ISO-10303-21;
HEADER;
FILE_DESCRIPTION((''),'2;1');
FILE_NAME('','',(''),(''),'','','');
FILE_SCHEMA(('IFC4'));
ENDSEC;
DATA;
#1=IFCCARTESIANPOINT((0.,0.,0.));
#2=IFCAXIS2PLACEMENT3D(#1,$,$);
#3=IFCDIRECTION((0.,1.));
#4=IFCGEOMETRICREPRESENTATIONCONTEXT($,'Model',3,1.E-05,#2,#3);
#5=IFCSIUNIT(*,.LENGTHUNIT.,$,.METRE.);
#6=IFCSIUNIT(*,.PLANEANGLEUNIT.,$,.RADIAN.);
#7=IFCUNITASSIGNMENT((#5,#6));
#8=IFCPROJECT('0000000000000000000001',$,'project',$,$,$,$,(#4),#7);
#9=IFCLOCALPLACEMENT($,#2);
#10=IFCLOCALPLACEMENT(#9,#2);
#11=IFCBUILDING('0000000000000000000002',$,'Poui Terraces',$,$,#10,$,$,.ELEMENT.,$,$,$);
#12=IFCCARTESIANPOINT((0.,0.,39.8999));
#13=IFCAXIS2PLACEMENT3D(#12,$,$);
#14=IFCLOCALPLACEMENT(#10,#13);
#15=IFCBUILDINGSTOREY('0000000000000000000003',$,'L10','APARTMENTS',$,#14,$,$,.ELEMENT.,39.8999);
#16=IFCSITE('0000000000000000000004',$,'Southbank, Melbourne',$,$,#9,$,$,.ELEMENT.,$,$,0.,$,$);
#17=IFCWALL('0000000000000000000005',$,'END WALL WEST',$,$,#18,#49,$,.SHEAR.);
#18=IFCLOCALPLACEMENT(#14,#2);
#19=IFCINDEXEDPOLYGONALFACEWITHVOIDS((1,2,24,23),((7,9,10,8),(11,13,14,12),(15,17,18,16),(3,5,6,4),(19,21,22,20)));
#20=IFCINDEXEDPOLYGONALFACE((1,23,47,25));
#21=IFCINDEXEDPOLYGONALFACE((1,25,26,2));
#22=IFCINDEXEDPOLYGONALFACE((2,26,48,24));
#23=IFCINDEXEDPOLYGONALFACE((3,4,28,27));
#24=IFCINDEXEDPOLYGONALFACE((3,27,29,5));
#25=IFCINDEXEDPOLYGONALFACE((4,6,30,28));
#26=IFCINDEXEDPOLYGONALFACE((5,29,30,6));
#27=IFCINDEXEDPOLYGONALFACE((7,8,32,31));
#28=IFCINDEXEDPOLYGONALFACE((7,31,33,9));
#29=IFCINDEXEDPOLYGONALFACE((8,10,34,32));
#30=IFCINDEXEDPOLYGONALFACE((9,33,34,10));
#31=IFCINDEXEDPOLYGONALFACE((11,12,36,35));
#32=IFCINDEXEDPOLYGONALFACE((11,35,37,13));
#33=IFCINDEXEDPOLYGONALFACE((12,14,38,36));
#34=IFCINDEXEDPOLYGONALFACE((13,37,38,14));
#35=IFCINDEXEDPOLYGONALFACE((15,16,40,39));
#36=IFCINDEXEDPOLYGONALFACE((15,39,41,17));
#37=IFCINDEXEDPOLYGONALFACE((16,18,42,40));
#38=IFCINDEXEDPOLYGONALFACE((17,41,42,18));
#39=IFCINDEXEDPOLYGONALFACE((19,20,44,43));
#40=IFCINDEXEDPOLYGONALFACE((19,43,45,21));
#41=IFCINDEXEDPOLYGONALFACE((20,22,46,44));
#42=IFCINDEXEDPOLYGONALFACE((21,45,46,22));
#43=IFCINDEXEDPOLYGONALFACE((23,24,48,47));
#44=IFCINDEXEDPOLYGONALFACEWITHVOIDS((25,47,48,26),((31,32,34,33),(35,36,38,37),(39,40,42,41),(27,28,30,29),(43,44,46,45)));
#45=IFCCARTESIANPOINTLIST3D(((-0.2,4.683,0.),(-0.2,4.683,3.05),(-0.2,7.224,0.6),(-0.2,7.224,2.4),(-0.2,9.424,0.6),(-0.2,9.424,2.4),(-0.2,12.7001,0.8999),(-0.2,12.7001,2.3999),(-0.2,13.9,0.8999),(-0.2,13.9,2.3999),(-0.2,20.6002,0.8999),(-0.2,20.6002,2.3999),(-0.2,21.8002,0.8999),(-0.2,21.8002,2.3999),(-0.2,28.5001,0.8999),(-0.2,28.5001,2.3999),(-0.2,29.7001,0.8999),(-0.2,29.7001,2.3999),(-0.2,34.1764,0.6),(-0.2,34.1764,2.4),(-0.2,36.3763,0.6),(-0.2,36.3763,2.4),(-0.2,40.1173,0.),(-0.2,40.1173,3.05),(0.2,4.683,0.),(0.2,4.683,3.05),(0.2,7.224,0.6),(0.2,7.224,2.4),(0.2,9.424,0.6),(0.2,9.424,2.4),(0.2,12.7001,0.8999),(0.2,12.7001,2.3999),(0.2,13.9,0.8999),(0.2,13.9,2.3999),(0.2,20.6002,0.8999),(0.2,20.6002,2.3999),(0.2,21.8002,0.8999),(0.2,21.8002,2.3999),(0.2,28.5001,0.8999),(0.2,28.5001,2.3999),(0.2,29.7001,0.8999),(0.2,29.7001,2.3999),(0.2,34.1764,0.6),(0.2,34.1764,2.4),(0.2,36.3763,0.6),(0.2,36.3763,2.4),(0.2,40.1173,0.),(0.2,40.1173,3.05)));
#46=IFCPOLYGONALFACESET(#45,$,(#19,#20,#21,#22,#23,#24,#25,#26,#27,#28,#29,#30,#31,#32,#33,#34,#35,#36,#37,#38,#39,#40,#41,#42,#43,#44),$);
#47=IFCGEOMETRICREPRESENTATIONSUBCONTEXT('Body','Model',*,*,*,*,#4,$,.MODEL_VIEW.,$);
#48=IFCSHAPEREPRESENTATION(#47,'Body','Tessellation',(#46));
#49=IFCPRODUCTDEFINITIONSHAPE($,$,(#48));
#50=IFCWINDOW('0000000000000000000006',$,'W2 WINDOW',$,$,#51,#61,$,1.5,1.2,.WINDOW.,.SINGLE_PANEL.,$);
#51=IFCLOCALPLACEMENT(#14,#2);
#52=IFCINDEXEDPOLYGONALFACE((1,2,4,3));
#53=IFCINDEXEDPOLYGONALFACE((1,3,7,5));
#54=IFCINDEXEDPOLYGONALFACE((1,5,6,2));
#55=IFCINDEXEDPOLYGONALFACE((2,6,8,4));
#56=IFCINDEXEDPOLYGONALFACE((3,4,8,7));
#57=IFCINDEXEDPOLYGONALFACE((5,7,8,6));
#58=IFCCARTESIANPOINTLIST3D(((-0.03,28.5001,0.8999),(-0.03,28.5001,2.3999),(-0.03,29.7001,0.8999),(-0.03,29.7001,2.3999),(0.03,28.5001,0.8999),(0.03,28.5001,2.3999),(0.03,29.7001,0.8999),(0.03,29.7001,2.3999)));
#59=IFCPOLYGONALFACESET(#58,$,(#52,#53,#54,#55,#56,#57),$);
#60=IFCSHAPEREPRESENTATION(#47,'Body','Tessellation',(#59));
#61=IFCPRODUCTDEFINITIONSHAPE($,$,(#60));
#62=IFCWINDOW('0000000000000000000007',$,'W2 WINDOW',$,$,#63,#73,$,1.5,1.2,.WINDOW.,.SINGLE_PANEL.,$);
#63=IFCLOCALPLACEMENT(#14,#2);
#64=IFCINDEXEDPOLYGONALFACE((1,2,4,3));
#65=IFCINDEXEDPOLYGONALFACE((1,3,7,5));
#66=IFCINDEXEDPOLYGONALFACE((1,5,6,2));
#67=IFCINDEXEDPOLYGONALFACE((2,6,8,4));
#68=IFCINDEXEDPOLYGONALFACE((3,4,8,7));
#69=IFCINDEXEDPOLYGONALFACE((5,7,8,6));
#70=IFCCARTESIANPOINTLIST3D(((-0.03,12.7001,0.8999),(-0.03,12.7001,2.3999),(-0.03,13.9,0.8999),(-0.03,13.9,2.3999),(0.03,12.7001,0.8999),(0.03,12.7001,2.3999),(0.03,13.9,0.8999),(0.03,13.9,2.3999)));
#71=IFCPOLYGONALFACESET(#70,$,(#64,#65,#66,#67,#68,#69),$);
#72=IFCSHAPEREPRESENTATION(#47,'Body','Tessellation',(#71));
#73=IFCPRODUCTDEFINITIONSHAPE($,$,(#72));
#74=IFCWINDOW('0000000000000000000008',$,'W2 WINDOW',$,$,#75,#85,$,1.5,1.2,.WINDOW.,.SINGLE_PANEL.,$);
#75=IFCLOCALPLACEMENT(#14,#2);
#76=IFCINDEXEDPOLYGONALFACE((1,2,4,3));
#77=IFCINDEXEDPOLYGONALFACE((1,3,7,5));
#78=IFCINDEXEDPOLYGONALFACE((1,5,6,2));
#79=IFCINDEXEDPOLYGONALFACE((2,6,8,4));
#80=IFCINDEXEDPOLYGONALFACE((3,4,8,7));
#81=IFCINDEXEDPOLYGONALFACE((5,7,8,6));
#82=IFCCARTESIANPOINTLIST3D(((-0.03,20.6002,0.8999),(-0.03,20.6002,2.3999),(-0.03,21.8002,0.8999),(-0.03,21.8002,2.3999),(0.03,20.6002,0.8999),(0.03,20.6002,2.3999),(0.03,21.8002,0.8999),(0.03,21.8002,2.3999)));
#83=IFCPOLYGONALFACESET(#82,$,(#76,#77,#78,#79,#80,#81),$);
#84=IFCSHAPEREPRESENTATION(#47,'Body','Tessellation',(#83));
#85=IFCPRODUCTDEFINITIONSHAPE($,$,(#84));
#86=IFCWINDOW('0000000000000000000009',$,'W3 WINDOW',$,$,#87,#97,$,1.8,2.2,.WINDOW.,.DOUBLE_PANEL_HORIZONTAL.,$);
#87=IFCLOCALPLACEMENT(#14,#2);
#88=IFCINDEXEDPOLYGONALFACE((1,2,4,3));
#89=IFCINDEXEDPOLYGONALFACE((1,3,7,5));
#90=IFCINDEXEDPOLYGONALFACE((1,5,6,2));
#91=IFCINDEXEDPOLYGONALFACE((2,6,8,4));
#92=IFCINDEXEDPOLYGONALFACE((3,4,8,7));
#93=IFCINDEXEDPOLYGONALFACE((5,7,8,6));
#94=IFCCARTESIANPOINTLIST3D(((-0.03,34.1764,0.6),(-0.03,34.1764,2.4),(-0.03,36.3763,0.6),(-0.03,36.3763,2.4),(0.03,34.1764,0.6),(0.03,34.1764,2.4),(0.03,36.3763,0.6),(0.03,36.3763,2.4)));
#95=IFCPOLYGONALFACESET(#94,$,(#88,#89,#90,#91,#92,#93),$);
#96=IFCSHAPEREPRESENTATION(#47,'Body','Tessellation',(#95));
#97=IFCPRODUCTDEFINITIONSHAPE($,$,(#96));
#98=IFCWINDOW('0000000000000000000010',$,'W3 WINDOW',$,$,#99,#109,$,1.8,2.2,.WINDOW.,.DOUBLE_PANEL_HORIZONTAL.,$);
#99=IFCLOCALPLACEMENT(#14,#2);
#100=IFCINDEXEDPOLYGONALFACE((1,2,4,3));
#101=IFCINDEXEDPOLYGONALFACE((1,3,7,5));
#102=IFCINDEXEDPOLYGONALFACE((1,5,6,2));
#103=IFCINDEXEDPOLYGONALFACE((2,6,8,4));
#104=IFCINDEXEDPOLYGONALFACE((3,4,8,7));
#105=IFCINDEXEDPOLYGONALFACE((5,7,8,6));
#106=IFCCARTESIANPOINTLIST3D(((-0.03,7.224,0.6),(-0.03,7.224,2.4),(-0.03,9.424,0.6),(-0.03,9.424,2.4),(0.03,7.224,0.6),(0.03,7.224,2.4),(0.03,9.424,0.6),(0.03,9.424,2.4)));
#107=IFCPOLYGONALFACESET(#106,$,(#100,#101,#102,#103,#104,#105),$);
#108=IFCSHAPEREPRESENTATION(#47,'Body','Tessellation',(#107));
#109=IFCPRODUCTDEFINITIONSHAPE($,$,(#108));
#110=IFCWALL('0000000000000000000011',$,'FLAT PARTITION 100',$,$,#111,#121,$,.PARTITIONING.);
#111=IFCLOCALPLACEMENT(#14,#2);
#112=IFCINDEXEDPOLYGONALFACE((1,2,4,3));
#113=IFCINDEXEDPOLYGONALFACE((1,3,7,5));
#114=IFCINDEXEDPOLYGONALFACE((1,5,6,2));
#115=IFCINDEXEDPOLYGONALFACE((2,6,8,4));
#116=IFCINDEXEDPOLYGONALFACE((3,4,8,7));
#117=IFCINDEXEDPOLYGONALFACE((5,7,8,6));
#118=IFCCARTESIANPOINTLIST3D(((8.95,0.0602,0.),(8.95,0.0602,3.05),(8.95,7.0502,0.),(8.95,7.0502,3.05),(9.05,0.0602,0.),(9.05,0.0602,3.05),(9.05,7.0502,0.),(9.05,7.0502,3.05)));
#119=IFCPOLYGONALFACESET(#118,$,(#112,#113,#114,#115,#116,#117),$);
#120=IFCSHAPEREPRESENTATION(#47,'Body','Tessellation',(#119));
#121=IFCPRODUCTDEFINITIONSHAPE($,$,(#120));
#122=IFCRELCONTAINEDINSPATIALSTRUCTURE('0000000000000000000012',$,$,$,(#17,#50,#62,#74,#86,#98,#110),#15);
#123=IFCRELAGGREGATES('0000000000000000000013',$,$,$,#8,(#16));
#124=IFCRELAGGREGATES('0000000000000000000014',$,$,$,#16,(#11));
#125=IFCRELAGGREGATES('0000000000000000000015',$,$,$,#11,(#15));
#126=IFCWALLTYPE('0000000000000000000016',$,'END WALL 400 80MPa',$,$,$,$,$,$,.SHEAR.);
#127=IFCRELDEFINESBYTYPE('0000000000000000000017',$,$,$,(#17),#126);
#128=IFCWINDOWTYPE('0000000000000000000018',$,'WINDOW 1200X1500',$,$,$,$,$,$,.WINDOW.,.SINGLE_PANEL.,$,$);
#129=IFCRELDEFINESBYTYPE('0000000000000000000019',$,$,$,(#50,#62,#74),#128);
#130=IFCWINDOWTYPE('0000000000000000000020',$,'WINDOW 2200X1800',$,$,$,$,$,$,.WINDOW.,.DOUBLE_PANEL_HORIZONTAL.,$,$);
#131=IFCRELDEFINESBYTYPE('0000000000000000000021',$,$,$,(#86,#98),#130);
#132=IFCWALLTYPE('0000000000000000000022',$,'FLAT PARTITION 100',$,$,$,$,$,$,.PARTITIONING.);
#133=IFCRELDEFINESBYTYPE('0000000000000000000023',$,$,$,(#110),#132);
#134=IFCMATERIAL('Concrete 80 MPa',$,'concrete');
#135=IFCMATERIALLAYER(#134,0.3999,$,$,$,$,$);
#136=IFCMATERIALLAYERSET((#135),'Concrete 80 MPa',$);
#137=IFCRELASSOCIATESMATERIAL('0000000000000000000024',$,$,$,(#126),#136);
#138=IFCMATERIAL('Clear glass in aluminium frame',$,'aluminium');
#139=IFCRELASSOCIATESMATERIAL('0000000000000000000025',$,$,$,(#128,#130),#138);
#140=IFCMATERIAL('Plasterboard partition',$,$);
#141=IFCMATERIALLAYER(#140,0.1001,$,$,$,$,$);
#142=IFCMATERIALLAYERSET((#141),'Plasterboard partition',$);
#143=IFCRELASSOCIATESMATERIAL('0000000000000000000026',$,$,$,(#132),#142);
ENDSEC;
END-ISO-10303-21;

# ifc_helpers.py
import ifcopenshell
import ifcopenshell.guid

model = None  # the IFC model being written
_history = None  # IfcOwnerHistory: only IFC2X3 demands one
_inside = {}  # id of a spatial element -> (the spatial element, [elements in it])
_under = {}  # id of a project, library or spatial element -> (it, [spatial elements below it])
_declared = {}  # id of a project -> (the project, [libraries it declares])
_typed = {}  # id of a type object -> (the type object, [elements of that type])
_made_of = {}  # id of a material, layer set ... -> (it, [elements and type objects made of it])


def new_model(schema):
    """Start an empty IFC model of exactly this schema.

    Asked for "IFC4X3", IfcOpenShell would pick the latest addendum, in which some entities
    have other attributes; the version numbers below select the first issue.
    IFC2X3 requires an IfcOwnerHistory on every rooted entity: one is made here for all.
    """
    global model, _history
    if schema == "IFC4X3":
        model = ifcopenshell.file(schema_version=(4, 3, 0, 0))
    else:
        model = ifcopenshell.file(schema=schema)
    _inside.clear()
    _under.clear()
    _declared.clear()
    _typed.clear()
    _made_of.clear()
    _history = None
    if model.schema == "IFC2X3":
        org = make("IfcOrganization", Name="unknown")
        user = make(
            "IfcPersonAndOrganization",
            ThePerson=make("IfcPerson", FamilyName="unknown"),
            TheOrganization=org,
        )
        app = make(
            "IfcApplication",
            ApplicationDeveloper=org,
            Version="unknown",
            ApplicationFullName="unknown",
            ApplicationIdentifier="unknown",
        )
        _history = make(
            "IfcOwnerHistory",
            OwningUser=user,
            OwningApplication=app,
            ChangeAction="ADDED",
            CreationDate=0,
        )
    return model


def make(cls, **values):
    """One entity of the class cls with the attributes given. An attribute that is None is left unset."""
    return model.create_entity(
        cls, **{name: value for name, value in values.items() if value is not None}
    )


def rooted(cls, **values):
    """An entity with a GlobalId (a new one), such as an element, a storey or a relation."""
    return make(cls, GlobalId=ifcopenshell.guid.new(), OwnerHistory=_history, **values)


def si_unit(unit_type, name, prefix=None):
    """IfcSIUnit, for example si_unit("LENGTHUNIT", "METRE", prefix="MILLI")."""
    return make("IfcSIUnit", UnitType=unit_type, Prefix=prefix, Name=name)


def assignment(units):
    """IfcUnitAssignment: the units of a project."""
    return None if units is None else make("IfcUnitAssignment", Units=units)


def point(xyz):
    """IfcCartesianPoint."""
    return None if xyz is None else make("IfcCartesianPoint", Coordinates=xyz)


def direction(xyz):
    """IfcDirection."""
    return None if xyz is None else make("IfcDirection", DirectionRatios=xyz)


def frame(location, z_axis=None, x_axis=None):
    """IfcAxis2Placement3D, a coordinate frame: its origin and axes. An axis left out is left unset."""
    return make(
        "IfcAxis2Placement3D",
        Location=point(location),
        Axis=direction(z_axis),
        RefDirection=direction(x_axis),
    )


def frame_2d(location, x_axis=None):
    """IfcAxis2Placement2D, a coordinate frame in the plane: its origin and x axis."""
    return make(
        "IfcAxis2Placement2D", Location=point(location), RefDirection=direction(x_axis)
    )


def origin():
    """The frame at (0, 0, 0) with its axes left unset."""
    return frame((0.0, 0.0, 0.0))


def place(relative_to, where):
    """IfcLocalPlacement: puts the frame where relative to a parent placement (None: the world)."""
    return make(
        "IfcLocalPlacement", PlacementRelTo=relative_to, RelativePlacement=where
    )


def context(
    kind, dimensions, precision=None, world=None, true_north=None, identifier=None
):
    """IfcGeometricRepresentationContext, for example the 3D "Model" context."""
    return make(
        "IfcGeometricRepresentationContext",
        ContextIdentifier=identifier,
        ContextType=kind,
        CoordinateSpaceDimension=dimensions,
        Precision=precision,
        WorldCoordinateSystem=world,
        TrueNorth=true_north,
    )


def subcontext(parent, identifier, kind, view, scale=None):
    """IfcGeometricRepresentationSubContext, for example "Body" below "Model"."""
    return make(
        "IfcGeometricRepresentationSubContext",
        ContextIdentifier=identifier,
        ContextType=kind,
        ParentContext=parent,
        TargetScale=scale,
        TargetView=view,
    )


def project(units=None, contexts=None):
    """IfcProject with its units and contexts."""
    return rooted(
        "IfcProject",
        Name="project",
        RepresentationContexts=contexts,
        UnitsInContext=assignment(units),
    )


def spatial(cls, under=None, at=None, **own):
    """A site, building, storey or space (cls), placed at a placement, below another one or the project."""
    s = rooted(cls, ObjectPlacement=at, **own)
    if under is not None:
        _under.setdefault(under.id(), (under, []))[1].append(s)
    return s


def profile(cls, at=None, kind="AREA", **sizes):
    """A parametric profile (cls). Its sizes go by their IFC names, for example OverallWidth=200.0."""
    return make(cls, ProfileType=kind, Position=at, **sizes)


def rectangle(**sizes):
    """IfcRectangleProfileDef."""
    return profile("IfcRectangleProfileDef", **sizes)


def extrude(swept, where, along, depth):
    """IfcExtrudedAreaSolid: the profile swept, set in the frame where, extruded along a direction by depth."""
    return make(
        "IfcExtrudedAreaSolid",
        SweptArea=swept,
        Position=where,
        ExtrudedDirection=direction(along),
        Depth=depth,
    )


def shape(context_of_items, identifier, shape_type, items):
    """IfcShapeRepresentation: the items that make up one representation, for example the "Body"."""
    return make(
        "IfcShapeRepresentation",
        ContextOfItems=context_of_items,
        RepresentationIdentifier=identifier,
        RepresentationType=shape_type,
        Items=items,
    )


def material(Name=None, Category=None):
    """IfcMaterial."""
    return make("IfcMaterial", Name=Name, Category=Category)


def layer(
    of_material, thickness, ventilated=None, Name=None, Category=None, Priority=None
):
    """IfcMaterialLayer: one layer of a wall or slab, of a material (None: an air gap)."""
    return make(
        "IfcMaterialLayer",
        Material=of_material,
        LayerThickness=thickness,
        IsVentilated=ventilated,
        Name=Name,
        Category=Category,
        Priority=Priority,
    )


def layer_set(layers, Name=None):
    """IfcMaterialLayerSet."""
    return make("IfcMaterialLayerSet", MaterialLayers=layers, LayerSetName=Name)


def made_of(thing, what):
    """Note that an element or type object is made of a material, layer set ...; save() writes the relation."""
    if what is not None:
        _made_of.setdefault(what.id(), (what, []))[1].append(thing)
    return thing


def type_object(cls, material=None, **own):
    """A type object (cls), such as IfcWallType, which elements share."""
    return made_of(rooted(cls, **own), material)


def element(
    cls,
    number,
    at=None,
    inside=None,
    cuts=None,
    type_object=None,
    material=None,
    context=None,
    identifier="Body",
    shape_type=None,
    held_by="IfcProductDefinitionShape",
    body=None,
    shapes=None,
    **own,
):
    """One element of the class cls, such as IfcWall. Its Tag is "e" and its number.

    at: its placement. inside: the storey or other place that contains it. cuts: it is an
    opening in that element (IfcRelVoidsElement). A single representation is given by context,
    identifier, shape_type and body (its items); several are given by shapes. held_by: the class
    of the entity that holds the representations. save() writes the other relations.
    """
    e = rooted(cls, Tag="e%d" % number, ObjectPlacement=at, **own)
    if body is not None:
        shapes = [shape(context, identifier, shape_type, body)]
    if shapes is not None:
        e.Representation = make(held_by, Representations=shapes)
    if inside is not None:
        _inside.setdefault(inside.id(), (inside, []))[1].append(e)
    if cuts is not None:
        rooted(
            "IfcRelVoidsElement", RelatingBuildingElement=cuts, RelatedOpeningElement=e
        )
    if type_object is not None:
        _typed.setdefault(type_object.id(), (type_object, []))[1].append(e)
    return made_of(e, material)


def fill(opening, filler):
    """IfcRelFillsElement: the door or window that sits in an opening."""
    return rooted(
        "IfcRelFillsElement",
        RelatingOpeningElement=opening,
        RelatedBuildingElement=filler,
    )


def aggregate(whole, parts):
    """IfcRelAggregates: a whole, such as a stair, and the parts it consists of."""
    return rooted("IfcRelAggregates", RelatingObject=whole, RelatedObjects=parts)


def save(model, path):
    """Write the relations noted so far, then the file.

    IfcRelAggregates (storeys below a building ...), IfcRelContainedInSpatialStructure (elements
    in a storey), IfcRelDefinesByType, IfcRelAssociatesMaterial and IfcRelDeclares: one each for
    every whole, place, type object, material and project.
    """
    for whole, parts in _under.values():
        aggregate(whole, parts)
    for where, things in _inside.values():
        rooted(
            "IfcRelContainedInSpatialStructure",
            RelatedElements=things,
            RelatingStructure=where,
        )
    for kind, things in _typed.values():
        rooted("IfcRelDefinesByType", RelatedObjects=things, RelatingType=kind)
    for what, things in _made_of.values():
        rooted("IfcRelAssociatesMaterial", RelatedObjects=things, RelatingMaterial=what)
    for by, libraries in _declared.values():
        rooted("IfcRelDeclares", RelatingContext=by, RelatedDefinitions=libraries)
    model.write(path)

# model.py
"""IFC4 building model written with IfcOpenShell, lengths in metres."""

from ifc_helpers import new_model, si_unit, direction, frame, frame_2d, origin, place, context, subcontext, project, spatial, rectangle, extrude, material, layer, layer_set, type_object, element, fill, save


model = new_model("IFC4")

# Units and contexts
model_context = context("Model", 3, precision=1e-05, world=origin(), true_north=direction((0.0, 1.0)))
body_context = subcontext(model_context, "Body", "Model", "MODEL_VIEW")
ifc_project = project(units=[si_unit("LENGTHUNIT", "METRE"), si_unit("PLANEANGLEUNIT", "RADIAN")], contexts=[model_context])

# Site, building, storey
site_placement = place(None, origin())
site = spatial("IfcSite", under=ifc_project, at=site_placement, Name="Southbank, Melbourne", CompositionType="ELEMENT", RefElevation=0.0)
building_placement = place(site_placement, origin())
building = spatial("IfcBuilding", under=site, at=building_placement, Name="Poui Terraces", CompositionType="ELEMENT")
storey_placement = place(building_placement, frame((0.0, 0.0, 39.8999)))
storey = spatial("IfcBuildingStorey", under=building, at=storey_placement, Name="L10", Description="APARTMENTS", CompositionType="ELEMENT", Elevation=39.8999)

# Shared definitions
ifc_material_1 = material(Name="Concrete 80 MPa", Category="concrete")

# Wall, openings, windows
ifc_layer_1 = layer(ifc_material_1, 0.3999)
ifc_layer_set_1 = layer_set([ifc_layer_1], Name="Concrete 80 MPa")
wall_type_1 = type_object("IfcWallType", Name="END WALL 400 80MPa", PredefinedType="SHEAR", material=ifc_layer_set_1)
wall_1_placement = place(storey_placement, frame((0.0, 4.6829, 0.0), z_axis=(0.0, 0.0, 1.0), x_axis=(0.0, 1.0, 0.0)))
wall_1 = element("IfcWall", 1, at=wall_1_placement, inside=storey, type_object=wall_type_1, Name="END WALL WEST", PredefinedType="SHEAR", context=body_context, shape_type="SweptSolid", body=[
    extrude(rectangle(XDim=35.4343, YDim=0.3999, at=frame_2d((17.7173, 0.0))), origin(), (0.0, 0.0, 1.0), 3.05),
])
opening_1_placement = place(wall_1_placement, frame((23.8171, 0.0, 0.8999)))
opening_1 = element("IfcOpeningElement", 2, at=opening_1_placement, cuts=wall_1, PredefinedType="OPENING", context=body_context, shape_type="SweptSolid", body=[
    extrude(rectangle(XDim=1.2, YDim=1.5, at=frame_2d((0.6001, 0.75))), frame((0.0, 0.21, 0.0), z_axis=(0.0, -1.0, 0.0), x_axis=(1.0, 0.0, 0.0)), (0.0, 0.0, 1.0), 0.4199),
])
opening_2_placement = place(wall_1_placement, frame((8.0171, 0.0, 0.8999)))
opening_2 = element("IfcOpeningElement", 3, at=opening_2_placement, cuts=wall_1, PredefinedType="OPENING", context=body_context, shape_type="SweptSolid", body=[
    extrude(rectangle(XDim=1.2, YDim=1.5, at=frame_2d((0.6001, 0.75))), frame((0.0, 0.21, 0.0), z_axis=(0.0, -1.0, 0.0), x_axis=(1.0, 0.0, 0.0)), (0.0, 0.0, 1.0), 0.4199),
])
opening_3_placement = place(wall_1_placement, frame((15.9172, 0.0, 0.8999)))
opening_3 = element("IfcOpeningElement", 4, at=opening_3_placement, cuts=wall_1, PredefinedType="OPENING", context=body_context, shape_type="SweptSolid", body=[
    extrude(rectangle(XDim=1.2, YDim=1.5, at=frame_2d((0.6001, 0.75))), frame((0.0, 0.21, 0.0), z_axis=(0.0, -1.0, 0.0), x_axis=(1.0, 0.0, 0.0)), (0.0, 0.0, 1.0), 0.4199),
])
opening_4_placement = place(wall_1_placement, frame((29.4934, 0.0, 0.6001)))
opening_4 = element("IfcOpeningElement", 5, at=opening_4_placement, cuts=wall_1, PredefinedType="OPENING", context=body_context, shape_type="SweptSolid", body=[
    extrude(rectangle(XDim=2.2, YDim=1.8, at=frame_2d((1.1001, 0.8999))), frame((0.0, 0.21, 0.0), z_axis=(0.0, -1.0, 0.0), x_axis=(1.0, 0.0, 0.0)), (0.0, 0.0, 1.0), 0.4199),
])
opening_5_placement = place(wall_1_placement, frame((2.541, 0.0, 0.6001)))
opening_5 = element("IfcOpeningElement", 6, at=opening_5_placement, cuts=wall_1, PredefinedType="OPENING", context=body_context, shape_type="SweptSolid", body=[
    extrude(rectangle(XDim=2.2, YDim=1.8, at=frame_2d((1.1001, 0.8999))), frame((0.0, 0.21, 0.0), z_axis=(0.0, -1.0, 0.0), x_axis=(1.0, 0.0, 0.0)), (0.0, 0.0, 1.0), 0.4199),
])
ifc_material_2 = material(Name="Clear glass in aluminium frame", Category="aluminium")
window_type_1 = type_object("IfcWindowType", Name="WINDOW 1200X1500", PartitioningType="SINGLE_PANEL", PredefinedType="WINDOW", material=ifc_material_2)
window_1_placement = place(opening_1_placement, origin())
window_1 = element("IfcWindow", 7, at=window_1_placement, inside=storey, type_object=window_type_1, Name="W2 WINDOW", OverallHeight=1.5, OverallWidth=1.2, PartitioningType="SINGLE_PANEL", PredefinedType="WINDOW", context=body_context, shape_type="SweptSolid", body=[
    extrude(rectangle(XDim=1.2, YDim=1.5, at=frame_2d((0.6001, 0.75))), frame((0.0, 0.03, 0.0), z_axis=(0.0, -1.0, 0.0), x_axis=(1.0, 0.0, 0.0)), (0.0, 0.0, 1.0), 0.0601),
])
fill(opening_1, window_1)
window_2_placement = place(opening_2_placement, origin())
window_2 = element("IfcWindow", 8, at=window_2_placement, inside=storey, type_object=window_type_1, Name="W2 WINDOW", OverallHeight=1.5, OverallWidth=1.2, PartitioningType="SINGLE_PANEL", PredefinedType="WINDOW", context=body_context, shape_type="SweptSolid", body=[
    extrude(rectangle(XDim=1.2, YDim=1.5, at=frame_2d((0.6001, 0.75))), frame((0.0, 0.03, 0.0), z_axis=(0.0, -1.0, 0.0), x_axis=(1.0, 0.0, 0.0)), (0.0, 0.0, 1.0), 0.0601),
])
fill(opening_2, window_2)
window_3_placement = place(opening_3_placement, origin())
window_3 = element("IfcWindow", 9, at=window_3_placement, inside=storey, type_object=window_type_1, Name="W2 WINDOW", OverallHeight=1.5, OverallWidth=1.2, PartitioningType="SINGLE_PANEL", PredefinedType="WINDOW", context=body_context, shape_type="SweptSolid", body=[
    extrude(rectangle(XDim=1.2, YDim=1.5, at=frame_2d((0.6001, 0.75))), frame((0.0, 0.03, 0.0), z_axis=(0.0, -1.0, 0.0), x_axis=(1.0, 0.0, 0.0)), (0.0, 0.0, 1.0), 0.0601),
])
fill(opening_3, window_3)
window_type_2 = type_object("IfcWindowType", Name="WINDOW 2200X1800", PartitioningType="DOUBLE_PANEL_HORIZONTAL", PredefinedType="WINDOW", material=ifc_material_2)
window_4_placement = place(opening_4_placement, origin())
window_4 = element("IfcWindow", 10, at=window_4_placement, inside=storey, type_object=window_type_2, Name="W3 WINDOW", OverallHeight=1.8, OverallWidth=2.2, PartitioningType="DOUBLE_PANEL_HORIZONTAL", PredefinedType="WINDOW", context=body_context, shape_type="SweptSolid", body=[
    extrude(rectangle(XDim=2.2, YDim=1.8, at=frame_2d((1.1001, 0.8999))), frame((0.0, 0.03, 0.0), z_axis=(0.0, -1.0, 0.0), x_axis=(1.0, 0.0, 0.0)), (0.0, 0.0, 1.0), 0.0601),
])
fill(opening_4, window_4)
window_5_placement = place(opening_5_placement, origin())
window_5 = element("IfcWindow", 11, at=window_5_placement, inside=storey, type_object=window_type_2, Name="W3 WINDOW", OverallHeight=1.8, OverallWidth=2.2, PartitioningType="DOUBLE_PANEL_HORIZONTAL", PredefinedType="WINDOW", context=body_context, shape_type="SweptSolid", body=[
    extrude(rectangle(XDim=2.2, YDim=1.8, at=frame_2d((1.1001, 0.8999))), frame((0.0, 0.03, 0.0), z_axis=(0.0, -1.0, 0.0), x_axis=(1.0, 0.0, 0.0)), (0.0, 0.0, 1.0), 0.0601),
])
fill(opening_5, window_5)

# Wall
ifc_material_3 = material(Name="Plasterboard partition")
ifc_layer_2 = layer(ifc_material_3, 0.1001)
ifc_layer_set_2 = layer_set([ifc_layer_2], Name="Plasterboard partition")
wall_type_2 = type_object("IfcWallType", Name="FLAT PARTITION 100", PredefinedType="PARTITIONING", material=ifc_layer_set_2)
wall_2_placement = place(storey_placement, frame((9.0, 0.0601, 0.0), z_axis=(0.0, 0.0, 1.0), x_axis=(0.0, 1.0, 0.0)))
element("IfcWall", 12, at=wall_2_placement, inside=storey, type_object=wall_type_2, Name="FLAT PARTITION 100", PredefinedType="PARTITIONING", context=body_context, shape_type="SweptSolid", body=[
    extrude(rectangle(XDim=6.99, YDim=0.1001, at=frame_2d((3.4951, 0.0))), origin(), (0.0, 0.0, 1.0), 3.05),
])

save(model, "model.ifc")
